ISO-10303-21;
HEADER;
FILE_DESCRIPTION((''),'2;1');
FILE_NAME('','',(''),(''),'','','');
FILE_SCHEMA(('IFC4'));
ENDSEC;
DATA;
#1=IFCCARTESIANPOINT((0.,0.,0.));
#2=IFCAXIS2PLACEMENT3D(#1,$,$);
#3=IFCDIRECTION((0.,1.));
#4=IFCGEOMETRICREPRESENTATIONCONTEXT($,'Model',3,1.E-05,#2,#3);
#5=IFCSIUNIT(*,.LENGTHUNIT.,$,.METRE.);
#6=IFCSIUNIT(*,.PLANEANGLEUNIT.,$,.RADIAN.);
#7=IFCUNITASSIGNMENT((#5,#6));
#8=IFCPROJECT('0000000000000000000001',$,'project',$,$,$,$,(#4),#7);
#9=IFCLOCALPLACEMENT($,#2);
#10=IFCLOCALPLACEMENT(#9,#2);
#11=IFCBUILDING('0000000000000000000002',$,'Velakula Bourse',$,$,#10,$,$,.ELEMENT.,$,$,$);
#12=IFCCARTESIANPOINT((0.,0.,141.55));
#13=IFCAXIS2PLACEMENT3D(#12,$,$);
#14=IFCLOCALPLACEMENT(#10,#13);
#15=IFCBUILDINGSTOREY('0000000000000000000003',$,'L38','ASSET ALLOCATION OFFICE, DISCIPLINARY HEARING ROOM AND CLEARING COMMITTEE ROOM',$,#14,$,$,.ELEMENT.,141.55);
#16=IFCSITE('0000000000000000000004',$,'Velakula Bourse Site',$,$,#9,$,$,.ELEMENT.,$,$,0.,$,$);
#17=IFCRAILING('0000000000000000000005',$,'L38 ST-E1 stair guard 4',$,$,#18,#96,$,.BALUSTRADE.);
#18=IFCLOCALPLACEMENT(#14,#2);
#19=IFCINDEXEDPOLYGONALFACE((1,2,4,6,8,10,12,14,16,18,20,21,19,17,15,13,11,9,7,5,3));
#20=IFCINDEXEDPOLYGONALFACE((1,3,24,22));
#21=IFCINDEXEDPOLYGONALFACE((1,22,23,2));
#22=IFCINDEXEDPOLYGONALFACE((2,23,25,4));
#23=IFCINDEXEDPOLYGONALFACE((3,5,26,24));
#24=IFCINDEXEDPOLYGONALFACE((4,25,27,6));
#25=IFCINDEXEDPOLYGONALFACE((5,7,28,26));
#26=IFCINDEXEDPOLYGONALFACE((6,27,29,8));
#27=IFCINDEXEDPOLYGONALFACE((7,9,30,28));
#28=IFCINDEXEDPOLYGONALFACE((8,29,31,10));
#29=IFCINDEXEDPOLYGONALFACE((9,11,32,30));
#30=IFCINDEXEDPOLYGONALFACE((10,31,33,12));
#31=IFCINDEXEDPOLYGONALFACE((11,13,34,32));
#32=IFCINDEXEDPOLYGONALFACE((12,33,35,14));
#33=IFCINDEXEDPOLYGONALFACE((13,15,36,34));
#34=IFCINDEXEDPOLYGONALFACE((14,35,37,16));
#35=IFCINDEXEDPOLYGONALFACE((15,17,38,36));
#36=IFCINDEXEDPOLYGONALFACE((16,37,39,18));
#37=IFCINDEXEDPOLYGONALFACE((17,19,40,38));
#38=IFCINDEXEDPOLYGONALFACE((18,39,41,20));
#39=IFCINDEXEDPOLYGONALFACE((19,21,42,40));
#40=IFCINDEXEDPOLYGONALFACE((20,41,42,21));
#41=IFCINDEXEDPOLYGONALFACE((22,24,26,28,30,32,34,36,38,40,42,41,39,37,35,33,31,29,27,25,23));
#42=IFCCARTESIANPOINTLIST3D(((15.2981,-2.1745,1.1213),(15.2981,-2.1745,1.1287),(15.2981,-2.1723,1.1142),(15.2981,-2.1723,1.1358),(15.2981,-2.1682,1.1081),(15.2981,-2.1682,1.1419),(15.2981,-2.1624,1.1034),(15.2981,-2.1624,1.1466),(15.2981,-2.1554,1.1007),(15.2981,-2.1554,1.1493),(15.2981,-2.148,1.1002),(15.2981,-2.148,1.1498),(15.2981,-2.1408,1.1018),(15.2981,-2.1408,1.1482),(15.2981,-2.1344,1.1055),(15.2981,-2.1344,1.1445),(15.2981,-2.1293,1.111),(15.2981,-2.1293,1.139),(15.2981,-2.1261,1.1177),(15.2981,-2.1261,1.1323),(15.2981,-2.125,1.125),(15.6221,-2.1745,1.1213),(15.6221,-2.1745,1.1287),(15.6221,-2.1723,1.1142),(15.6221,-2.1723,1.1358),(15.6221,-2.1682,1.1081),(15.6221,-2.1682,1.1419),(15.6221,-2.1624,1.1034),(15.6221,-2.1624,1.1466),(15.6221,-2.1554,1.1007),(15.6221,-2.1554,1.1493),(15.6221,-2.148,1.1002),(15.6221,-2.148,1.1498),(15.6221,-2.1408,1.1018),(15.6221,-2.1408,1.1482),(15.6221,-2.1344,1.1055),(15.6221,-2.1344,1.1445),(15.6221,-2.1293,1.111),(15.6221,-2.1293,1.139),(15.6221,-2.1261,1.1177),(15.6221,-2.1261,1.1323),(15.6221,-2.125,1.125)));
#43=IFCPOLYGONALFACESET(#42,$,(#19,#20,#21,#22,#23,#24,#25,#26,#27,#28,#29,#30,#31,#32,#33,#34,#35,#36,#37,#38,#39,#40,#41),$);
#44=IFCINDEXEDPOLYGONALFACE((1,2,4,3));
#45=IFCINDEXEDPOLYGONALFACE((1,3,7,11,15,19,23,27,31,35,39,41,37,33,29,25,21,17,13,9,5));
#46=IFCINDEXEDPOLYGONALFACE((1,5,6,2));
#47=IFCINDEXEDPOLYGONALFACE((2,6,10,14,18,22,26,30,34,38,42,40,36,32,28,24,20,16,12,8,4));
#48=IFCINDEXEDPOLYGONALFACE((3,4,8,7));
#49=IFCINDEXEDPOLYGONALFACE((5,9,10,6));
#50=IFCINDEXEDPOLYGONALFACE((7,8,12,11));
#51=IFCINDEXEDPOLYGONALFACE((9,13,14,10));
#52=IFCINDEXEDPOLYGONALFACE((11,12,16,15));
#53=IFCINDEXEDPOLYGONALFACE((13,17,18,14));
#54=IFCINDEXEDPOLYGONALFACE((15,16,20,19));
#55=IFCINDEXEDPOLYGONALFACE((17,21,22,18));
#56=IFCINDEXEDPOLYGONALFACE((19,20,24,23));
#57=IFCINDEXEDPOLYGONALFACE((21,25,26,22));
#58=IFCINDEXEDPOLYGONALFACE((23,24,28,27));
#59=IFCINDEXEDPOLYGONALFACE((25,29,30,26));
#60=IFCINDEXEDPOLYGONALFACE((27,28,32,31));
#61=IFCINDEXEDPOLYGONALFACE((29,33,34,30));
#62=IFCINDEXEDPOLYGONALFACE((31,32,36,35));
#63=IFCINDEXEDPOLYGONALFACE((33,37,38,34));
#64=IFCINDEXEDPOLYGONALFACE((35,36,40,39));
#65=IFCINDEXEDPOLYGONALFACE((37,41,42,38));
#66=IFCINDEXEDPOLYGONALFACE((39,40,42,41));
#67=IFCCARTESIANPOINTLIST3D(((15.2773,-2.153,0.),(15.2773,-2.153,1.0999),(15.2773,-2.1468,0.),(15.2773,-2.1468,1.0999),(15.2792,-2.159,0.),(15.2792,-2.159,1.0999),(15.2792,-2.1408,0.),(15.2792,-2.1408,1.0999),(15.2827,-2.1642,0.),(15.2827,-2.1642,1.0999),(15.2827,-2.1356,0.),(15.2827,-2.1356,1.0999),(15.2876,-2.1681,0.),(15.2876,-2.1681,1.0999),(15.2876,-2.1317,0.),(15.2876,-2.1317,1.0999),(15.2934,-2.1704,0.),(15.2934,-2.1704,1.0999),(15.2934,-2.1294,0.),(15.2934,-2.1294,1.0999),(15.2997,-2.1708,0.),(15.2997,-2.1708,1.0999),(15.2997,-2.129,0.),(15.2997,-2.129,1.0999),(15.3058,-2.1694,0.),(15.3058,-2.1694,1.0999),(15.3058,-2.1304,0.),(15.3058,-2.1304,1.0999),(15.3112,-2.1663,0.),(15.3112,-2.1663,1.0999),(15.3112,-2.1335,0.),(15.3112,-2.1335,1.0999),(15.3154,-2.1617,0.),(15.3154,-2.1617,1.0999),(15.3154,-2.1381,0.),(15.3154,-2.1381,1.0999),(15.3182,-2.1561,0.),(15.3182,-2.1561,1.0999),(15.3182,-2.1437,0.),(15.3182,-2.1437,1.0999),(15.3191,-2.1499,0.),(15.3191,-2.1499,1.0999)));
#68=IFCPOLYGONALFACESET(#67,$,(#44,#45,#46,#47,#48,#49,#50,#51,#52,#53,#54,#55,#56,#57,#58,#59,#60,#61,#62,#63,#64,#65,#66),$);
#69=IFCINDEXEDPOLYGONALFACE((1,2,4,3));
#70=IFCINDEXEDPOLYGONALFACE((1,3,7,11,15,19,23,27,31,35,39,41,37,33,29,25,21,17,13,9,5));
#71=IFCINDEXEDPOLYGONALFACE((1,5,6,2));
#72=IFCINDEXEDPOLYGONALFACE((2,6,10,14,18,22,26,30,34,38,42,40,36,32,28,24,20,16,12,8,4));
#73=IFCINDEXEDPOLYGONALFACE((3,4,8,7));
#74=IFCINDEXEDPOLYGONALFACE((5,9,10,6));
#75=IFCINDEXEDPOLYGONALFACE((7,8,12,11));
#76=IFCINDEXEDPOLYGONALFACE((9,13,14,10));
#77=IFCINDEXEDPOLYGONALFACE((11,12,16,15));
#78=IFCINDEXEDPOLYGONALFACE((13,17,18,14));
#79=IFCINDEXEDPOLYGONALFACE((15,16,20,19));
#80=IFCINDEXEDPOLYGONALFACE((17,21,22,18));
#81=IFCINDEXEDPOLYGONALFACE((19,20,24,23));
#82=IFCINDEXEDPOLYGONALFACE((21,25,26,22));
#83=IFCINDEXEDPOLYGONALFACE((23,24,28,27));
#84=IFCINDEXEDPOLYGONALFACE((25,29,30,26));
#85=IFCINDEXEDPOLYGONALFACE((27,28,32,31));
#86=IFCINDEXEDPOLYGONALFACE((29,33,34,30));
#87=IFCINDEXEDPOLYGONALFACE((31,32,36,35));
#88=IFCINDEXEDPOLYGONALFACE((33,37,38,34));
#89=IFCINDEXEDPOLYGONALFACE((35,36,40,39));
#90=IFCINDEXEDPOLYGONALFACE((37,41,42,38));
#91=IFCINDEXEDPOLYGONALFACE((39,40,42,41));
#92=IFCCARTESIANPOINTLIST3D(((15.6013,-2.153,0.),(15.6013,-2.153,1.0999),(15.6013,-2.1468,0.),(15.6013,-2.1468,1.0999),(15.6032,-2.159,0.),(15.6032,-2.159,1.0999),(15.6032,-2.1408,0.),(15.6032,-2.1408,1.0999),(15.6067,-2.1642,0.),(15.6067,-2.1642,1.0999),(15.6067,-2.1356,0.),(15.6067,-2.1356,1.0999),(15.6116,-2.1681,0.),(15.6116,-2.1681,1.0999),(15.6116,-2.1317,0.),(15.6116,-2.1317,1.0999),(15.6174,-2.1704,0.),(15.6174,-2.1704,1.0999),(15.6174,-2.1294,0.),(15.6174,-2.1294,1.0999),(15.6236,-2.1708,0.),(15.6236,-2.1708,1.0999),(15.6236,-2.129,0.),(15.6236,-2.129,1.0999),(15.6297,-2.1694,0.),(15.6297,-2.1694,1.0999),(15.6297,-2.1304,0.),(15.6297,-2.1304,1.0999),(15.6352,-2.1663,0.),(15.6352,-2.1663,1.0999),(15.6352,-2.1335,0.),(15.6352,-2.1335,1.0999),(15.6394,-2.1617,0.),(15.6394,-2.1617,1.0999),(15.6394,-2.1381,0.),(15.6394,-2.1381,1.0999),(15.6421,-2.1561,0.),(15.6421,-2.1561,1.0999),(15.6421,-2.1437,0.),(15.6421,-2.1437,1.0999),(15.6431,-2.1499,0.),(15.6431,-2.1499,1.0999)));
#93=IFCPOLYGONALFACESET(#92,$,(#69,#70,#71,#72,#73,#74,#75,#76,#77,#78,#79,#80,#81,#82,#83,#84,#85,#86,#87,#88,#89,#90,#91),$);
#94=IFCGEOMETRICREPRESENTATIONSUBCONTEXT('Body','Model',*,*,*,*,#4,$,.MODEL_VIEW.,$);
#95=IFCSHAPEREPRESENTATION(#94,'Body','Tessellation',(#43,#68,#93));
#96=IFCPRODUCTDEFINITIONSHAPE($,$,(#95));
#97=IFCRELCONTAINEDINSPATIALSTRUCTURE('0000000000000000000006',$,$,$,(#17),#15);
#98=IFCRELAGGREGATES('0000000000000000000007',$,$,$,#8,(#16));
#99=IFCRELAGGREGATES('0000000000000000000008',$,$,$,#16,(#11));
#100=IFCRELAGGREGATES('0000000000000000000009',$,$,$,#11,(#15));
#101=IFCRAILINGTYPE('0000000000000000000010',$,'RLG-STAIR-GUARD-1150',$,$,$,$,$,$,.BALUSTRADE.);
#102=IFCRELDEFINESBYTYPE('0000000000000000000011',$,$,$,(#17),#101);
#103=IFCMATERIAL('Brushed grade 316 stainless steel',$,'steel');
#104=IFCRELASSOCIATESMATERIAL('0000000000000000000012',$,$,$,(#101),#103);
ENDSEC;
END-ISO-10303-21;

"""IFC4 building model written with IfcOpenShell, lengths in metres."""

from ifc_helpers import new_model, si_unit, direction, frame, origin, origin_2d, place, context, subcontext, project, spatial, circle, extrude, material, type_object, element, save


model = new_model("IFC4")

# Units and contexts
model_context = context("Model", 3, precision=1e-05, world=origin(), true_north=direction((0.0, 1.0)))
body_context = subcontext(model_context, "Body", "Model", "MODEL_VIEW")
ifc_project = project(units=[si_unit("LENGTHUNIT", "METRE"), si_unit("PLANEANGLEUNIT", "RADIAN")], contexts=[model_context])

# Site, building, storey
site_placement = place(None, origin())
site = spatial("IfcSite", under=ifc_project, at=site_placement, Name="Velakula Bourse Site", CompositionType="ELEMENT", RefElevation=0.0)
building_placement = place(site_placement, origin())
building = spatial("IfcBuilding", under=site, at=building_placement, Name="Velakula Bourse", CompositionType="ELEMENT")
storey_placement = place(building_placement, frame((0.0, 0.0, 141.55)))
storey = spatial("IfcBuildingStorey", under=building, at=storey_placement, Name="L38", Description="ASSET ALLOCATION OFFICE, DISCIPLINARY HEARING ROOM AND CLEARING COMMITTEE ROOM", CompositionType="ELEMENT", Elevation=141.55)

# Shared definitions
ifc_material_1 = material(Name="Brushed grade 316 stainless steel", Category="steel")

# Railing
railing_type_1 = type_object("IfcRailingType", Name="RLG-STAIR-GUARD-1150", PredefinedType="BALUSTRADE", material=ifc_material_1)
railing_1_placement = place(storey_placement, frame((15.2981, -2.1499, 0.0)))
element("IfcRailing", 1, at=railing_1_placement, inside=storey, type_object=railing_type_1, Name="L38 ST-E1 stair guard 4", PredefinedType="BALUSTRADE", context=body_context, shape_type="SweptSolid", body=[
    extrude(circle(Radius=0.0249, at=origin_2d()), frame((0.0, 0.0, 1.125), z_axis=(1.0, 0.0, 0.0), x_axis=(0.0, 1.0, 0.0)), (0.0, 0.0, 1.0), 0.324),
    extrude(circle(Radius=0.021, at=origin_2d()), origin(), (0.0, 0.0, 1.0), 1.0999),
    extrude(circle(Radius=0.021, at=origin_2d()), frame((0.324, 0.0, 0.0)), (0.0, 0.0, 1.0), 1.0999),
])

save(model, "model.ifc")
